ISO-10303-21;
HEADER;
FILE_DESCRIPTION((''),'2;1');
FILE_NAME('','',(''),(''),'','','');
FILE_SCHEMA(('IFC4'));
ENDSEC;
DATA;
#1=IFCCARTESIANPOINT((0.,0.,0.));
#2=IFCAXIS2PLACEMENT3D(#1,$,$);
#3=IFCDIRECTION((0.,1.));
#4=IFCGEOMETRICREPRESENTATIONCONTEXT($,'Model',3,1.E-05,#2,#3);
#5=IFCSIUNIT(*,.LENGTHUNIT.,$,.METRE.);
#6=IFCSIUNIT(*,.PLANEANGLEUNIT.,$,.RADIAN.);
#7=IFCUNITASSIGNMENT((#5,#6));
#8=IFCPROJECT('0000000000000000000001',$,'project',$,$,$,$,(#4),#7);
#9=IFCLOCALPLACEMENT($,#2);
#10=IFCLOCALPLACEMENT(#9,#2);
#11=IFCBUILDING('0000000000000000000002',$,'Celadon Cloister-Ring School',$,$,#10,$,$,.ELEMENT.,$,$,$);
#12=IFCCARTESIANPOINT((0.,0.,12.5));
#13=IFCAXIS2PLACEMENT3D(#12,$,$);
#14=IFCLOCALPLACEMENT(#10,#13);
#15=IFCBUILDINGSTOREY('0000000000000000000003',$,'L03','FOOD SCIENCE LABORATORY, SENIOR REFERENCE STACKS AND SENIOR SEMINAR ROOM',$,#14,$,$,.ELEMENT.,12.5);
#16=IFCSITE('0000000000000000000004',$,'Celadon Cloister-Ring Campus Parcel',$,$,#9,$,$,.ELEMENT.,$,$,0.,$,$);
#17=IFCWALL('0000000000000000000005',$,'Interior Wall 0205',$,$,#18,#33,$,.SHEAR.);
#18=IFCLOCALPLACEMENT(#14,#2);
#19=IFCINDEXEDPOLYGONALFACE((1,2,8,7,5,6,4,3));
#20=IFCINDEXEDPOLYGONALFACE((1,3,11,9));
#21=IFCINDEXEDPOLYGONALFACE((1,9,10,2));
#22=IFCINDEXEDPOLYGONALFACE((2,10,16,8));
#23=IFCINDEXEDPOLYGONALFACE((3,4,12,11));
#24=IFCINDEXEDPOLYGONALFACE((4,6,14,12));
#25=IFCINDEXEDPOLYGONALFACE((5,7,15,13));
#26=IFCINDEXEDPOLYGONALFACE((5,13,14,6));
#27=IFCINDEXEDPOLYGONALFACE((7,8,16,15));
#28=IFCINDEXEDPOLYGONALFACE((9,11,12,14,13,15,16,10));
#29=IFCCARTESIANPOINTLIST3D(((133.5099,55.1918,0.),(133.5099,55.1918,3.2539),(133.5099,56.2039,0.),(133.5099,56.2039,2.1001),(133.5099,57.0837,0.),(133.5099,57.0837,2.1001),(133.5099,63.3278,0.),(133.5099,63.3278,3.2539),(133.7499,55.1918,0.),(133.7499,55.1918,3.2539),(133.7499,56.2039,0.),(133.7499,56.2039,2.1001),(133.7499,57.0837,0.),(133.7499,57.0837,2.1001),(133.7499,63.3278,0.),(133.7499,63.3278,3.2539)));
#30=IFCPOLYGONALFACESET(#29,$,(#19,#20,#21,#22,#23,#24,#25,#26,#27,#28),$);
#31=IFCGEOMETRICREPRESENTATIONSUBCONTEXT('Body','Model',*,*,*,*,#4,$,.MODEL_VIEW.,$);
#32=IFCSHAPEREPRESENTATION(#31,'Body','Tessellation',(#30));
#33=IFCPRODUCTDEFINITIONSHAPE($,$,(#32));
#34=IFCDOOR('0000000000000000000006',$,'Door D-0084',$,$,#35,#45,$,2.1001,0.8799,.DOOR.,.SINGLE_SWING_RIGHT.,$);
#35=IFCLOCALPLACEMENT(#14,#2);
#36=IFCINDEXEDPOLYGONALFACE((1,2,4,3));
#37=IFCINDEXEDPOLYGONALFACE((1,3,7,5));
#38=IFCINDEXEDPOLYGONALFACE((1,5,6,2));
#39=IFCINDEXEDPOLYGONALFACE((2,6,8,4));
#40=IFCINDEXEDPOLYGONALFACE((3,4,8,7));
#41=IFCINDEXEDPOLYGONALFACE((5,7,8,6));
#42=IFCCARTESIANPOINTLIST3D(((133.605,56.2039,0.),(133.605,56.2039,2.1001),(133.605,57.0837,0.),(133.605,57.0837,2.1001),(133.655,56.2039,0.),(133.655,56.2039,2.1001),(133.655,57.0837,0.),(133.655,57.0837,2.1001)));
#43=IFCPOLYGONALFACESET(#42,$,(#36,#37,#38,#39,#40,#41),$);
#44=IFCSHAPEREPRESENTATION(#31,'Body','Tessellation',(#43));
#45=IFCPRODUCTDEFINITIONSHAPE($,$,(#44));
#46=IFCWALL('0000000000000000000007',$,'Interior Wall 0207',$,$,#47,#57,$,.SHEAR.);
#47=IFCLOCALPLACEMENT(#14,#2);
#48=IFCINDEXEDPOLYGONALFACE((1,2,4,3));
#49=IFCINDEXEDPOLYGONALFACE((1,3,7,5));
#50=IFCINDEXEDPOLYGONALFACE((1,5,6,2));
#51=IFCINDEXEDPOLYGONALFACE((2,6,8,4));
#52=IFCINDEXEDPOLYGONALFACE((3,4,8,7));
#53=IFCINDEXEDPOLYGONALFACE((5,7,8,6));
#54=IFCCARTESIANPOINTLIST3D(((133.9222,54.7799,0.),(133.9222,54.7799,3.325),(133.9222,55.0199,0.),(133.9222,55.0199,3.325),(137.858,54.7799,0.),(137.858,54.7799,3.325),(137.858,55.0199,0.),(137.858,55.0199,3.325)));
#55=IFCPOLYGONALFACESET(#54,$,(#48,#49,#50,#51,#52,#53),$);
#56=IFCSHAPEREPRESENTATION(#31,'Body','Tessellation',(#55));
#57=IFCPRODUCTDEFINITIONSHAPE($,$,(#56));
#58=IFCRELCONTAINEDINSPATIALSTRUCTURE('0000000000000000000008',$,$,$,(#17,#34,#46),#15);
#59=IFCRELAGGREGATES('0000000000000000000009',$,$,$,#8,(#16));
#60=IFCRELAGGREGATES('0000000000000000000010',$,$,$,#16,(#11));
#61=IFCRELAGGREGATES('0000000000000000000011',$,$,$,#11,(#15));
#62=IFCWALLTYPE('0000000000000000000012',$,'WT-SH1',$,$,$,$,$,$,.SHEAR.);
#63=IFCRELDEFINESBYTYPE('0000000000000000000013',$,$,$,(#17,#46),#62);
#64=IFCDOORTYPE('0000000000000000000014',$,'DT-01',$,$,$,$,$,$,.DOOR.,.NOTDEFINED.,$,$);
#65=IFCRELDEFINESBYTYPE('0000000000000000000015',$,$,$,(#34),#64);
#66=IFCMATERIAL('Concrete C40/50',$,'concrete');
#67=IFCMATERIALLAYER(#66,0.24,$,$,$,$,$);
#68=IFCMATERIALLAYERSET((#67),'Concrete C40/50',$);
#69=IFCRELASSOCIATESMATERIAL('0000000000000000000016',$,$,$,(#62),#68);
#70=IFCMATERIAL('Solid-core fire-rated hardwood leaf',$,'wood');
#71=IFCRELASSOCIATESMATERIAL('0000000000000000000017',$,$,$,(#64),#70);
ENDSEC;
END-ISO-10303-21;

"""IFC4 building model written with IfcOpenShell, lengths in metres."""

from ifc_helpers import new_model, si_unit, direction, frame, frame_2d, origin, place, context, subcontext, project, spatial, rectangle, extrude, material, layer, layer_set, type_object, element, fill, save


model = new_model("IFC4")

# Units and contexts
model_context = context("Model", 3, precision=1e-05, world=origin(), true_north=direction((0.0, 1.0)))
body_context = subcontext(model_context, "Body", "Model", "MODEL_VIEW")
ifc_project = project(units=[si_unit("LENGTHUNIT", "METRE"), si_unit("PLANEANGLEUNIT", "RADIAN")], contexts=[model_context])

# Site, building, storey
site_placement = place(None, origin())
site = spatial("IfcSite", under=ifc_project, at=site_placement, Name="Celadon Cloister-Ring Campus Parcel", CompositionType="ELEMENT", RefElevation=0.0)
building_placement = place(site_placement, origin())
building = spatial("IfcBuilding", under=site, at=building_placement, Name="Celadon Cloister-Ring School", CompositionType="ELEMENT")
storey_placement = place(building_placement, frame((0.0, 0.0, 12.5)))
storey = spatial("IfcBuildingStorey", under=building, at=storey_placement, Name="L03", Description="FOOD SCIENCE LABORATORY, SENIOR REFERENCE STACKS AND SENIOR SEMINAR ROOM", CompositionType="ELEMENT", Elevation=12.5)

# Wall, opening, door
ifc_material_1 = material(Name="Concrete C40/50", Category="concrete")
ifc_layer_1 = layer(ifc_material_1, 0.24)
ifc_layer_set_1 = layer_set([ifc_layer_1], Name="Concrete C40/50")
wall_type = type_object("IfcWallType", Name="WT-SH1", PredefinedType="SHEAR", material=ifc_layer_set_1)
wall_1_placement = place(storey_placement, frame((133.6299, 55.1919, 0.0), z_axis=(0.0, 0.0, 1.0), x_axis=(0.0, 1.0, 0.0)))
wall_1 = element("IfcWall", 1, at=wall_1_placement, inside=storey, type_object=wall_type, Name="Interior Wall 0205", PredefinedType="SHEAR", context=body_context, shape_type="SweptSolid", body=[
    extrude(rectangle(XDim=8.136, YDim=0.24, at=frame_2d((4.0679, 0.0))), origin(), (0.0, 0.0, 1.0), 3.2539),
])
opening_placement = place(wall_1_placement, frame((1.012, 0.0, 0.0)))
opening = element("IfcOpeningElement", 2, at=opening_placement, cuts=wall_1, PredefinedType="OPENING", context=body_context, shape_type="SweptSolid", body=[
    extrude(rectangle(XDim=0.8799, YDim=2.1001, at=frame_2d((0.4399, 1.05))), frame((0.0, 0.1299, 0.0), z_axis=(0.0, -1.0, 0.0), x_axis=(1.0, 0.0, 0.0)), (0.0, 0.0, 1.0), 0.26),
])
ifc_material_2 = material(Name="Solid-core fire-rated hardwood leaf", Category="wood")
door_type = type_object("IfcDoorType", Name="DT-01", OperationType="NOTDEFINED", PredefinedType="DOOR", material=ifc_material_2)
door_placement = place(opening_placement, origin())
door = element("IfcDoor", 3, at=door_placement, inside=storey, type_object=door_type, Name="Door D-0084", OperationType="SINGLE_SWING_RIGHT", OverallHeight=2.1001, OverallWidth=0.8799, PredefinedType="DOOR", context=body_context, shape_type="SweptSolid", body=[
    extrude(rectangle(XDim=0.8799, YDim=2.1001, at=frame_2d((0.4399, 1.05))), frame((0.0, 0.0249, 0.0), z_axis=(0.0, -1.0, 0.0), x_axis=(1.0, 0.0, 0.0)), (0.0, 0.0, 1.0), 0.05),
])
fill(opening, door)

# Wall
wall_2_placement = place(storey_placement, frame((137.8579, 54.8999, 0.0), z_axis=(0.0, 0.0, 1.0), x_axis=(-1.0, 0.0, 0.0)))
element("IfcWall", 4, at=wall_2_placement, inside=storey, type_object=wall_type, Name="Interior Wall 0207", PredefinedType="SHEAR", context=body_context, shape_type="SweptSolid", body=[
    extrude(rectangle(XDim=3.9358, YDim=0.24, at=frame_2d((1.9678, 0.0))), origin(), (0.0, 0.0, 1.0), 3.325),
])

save(model, "model.ifc")
